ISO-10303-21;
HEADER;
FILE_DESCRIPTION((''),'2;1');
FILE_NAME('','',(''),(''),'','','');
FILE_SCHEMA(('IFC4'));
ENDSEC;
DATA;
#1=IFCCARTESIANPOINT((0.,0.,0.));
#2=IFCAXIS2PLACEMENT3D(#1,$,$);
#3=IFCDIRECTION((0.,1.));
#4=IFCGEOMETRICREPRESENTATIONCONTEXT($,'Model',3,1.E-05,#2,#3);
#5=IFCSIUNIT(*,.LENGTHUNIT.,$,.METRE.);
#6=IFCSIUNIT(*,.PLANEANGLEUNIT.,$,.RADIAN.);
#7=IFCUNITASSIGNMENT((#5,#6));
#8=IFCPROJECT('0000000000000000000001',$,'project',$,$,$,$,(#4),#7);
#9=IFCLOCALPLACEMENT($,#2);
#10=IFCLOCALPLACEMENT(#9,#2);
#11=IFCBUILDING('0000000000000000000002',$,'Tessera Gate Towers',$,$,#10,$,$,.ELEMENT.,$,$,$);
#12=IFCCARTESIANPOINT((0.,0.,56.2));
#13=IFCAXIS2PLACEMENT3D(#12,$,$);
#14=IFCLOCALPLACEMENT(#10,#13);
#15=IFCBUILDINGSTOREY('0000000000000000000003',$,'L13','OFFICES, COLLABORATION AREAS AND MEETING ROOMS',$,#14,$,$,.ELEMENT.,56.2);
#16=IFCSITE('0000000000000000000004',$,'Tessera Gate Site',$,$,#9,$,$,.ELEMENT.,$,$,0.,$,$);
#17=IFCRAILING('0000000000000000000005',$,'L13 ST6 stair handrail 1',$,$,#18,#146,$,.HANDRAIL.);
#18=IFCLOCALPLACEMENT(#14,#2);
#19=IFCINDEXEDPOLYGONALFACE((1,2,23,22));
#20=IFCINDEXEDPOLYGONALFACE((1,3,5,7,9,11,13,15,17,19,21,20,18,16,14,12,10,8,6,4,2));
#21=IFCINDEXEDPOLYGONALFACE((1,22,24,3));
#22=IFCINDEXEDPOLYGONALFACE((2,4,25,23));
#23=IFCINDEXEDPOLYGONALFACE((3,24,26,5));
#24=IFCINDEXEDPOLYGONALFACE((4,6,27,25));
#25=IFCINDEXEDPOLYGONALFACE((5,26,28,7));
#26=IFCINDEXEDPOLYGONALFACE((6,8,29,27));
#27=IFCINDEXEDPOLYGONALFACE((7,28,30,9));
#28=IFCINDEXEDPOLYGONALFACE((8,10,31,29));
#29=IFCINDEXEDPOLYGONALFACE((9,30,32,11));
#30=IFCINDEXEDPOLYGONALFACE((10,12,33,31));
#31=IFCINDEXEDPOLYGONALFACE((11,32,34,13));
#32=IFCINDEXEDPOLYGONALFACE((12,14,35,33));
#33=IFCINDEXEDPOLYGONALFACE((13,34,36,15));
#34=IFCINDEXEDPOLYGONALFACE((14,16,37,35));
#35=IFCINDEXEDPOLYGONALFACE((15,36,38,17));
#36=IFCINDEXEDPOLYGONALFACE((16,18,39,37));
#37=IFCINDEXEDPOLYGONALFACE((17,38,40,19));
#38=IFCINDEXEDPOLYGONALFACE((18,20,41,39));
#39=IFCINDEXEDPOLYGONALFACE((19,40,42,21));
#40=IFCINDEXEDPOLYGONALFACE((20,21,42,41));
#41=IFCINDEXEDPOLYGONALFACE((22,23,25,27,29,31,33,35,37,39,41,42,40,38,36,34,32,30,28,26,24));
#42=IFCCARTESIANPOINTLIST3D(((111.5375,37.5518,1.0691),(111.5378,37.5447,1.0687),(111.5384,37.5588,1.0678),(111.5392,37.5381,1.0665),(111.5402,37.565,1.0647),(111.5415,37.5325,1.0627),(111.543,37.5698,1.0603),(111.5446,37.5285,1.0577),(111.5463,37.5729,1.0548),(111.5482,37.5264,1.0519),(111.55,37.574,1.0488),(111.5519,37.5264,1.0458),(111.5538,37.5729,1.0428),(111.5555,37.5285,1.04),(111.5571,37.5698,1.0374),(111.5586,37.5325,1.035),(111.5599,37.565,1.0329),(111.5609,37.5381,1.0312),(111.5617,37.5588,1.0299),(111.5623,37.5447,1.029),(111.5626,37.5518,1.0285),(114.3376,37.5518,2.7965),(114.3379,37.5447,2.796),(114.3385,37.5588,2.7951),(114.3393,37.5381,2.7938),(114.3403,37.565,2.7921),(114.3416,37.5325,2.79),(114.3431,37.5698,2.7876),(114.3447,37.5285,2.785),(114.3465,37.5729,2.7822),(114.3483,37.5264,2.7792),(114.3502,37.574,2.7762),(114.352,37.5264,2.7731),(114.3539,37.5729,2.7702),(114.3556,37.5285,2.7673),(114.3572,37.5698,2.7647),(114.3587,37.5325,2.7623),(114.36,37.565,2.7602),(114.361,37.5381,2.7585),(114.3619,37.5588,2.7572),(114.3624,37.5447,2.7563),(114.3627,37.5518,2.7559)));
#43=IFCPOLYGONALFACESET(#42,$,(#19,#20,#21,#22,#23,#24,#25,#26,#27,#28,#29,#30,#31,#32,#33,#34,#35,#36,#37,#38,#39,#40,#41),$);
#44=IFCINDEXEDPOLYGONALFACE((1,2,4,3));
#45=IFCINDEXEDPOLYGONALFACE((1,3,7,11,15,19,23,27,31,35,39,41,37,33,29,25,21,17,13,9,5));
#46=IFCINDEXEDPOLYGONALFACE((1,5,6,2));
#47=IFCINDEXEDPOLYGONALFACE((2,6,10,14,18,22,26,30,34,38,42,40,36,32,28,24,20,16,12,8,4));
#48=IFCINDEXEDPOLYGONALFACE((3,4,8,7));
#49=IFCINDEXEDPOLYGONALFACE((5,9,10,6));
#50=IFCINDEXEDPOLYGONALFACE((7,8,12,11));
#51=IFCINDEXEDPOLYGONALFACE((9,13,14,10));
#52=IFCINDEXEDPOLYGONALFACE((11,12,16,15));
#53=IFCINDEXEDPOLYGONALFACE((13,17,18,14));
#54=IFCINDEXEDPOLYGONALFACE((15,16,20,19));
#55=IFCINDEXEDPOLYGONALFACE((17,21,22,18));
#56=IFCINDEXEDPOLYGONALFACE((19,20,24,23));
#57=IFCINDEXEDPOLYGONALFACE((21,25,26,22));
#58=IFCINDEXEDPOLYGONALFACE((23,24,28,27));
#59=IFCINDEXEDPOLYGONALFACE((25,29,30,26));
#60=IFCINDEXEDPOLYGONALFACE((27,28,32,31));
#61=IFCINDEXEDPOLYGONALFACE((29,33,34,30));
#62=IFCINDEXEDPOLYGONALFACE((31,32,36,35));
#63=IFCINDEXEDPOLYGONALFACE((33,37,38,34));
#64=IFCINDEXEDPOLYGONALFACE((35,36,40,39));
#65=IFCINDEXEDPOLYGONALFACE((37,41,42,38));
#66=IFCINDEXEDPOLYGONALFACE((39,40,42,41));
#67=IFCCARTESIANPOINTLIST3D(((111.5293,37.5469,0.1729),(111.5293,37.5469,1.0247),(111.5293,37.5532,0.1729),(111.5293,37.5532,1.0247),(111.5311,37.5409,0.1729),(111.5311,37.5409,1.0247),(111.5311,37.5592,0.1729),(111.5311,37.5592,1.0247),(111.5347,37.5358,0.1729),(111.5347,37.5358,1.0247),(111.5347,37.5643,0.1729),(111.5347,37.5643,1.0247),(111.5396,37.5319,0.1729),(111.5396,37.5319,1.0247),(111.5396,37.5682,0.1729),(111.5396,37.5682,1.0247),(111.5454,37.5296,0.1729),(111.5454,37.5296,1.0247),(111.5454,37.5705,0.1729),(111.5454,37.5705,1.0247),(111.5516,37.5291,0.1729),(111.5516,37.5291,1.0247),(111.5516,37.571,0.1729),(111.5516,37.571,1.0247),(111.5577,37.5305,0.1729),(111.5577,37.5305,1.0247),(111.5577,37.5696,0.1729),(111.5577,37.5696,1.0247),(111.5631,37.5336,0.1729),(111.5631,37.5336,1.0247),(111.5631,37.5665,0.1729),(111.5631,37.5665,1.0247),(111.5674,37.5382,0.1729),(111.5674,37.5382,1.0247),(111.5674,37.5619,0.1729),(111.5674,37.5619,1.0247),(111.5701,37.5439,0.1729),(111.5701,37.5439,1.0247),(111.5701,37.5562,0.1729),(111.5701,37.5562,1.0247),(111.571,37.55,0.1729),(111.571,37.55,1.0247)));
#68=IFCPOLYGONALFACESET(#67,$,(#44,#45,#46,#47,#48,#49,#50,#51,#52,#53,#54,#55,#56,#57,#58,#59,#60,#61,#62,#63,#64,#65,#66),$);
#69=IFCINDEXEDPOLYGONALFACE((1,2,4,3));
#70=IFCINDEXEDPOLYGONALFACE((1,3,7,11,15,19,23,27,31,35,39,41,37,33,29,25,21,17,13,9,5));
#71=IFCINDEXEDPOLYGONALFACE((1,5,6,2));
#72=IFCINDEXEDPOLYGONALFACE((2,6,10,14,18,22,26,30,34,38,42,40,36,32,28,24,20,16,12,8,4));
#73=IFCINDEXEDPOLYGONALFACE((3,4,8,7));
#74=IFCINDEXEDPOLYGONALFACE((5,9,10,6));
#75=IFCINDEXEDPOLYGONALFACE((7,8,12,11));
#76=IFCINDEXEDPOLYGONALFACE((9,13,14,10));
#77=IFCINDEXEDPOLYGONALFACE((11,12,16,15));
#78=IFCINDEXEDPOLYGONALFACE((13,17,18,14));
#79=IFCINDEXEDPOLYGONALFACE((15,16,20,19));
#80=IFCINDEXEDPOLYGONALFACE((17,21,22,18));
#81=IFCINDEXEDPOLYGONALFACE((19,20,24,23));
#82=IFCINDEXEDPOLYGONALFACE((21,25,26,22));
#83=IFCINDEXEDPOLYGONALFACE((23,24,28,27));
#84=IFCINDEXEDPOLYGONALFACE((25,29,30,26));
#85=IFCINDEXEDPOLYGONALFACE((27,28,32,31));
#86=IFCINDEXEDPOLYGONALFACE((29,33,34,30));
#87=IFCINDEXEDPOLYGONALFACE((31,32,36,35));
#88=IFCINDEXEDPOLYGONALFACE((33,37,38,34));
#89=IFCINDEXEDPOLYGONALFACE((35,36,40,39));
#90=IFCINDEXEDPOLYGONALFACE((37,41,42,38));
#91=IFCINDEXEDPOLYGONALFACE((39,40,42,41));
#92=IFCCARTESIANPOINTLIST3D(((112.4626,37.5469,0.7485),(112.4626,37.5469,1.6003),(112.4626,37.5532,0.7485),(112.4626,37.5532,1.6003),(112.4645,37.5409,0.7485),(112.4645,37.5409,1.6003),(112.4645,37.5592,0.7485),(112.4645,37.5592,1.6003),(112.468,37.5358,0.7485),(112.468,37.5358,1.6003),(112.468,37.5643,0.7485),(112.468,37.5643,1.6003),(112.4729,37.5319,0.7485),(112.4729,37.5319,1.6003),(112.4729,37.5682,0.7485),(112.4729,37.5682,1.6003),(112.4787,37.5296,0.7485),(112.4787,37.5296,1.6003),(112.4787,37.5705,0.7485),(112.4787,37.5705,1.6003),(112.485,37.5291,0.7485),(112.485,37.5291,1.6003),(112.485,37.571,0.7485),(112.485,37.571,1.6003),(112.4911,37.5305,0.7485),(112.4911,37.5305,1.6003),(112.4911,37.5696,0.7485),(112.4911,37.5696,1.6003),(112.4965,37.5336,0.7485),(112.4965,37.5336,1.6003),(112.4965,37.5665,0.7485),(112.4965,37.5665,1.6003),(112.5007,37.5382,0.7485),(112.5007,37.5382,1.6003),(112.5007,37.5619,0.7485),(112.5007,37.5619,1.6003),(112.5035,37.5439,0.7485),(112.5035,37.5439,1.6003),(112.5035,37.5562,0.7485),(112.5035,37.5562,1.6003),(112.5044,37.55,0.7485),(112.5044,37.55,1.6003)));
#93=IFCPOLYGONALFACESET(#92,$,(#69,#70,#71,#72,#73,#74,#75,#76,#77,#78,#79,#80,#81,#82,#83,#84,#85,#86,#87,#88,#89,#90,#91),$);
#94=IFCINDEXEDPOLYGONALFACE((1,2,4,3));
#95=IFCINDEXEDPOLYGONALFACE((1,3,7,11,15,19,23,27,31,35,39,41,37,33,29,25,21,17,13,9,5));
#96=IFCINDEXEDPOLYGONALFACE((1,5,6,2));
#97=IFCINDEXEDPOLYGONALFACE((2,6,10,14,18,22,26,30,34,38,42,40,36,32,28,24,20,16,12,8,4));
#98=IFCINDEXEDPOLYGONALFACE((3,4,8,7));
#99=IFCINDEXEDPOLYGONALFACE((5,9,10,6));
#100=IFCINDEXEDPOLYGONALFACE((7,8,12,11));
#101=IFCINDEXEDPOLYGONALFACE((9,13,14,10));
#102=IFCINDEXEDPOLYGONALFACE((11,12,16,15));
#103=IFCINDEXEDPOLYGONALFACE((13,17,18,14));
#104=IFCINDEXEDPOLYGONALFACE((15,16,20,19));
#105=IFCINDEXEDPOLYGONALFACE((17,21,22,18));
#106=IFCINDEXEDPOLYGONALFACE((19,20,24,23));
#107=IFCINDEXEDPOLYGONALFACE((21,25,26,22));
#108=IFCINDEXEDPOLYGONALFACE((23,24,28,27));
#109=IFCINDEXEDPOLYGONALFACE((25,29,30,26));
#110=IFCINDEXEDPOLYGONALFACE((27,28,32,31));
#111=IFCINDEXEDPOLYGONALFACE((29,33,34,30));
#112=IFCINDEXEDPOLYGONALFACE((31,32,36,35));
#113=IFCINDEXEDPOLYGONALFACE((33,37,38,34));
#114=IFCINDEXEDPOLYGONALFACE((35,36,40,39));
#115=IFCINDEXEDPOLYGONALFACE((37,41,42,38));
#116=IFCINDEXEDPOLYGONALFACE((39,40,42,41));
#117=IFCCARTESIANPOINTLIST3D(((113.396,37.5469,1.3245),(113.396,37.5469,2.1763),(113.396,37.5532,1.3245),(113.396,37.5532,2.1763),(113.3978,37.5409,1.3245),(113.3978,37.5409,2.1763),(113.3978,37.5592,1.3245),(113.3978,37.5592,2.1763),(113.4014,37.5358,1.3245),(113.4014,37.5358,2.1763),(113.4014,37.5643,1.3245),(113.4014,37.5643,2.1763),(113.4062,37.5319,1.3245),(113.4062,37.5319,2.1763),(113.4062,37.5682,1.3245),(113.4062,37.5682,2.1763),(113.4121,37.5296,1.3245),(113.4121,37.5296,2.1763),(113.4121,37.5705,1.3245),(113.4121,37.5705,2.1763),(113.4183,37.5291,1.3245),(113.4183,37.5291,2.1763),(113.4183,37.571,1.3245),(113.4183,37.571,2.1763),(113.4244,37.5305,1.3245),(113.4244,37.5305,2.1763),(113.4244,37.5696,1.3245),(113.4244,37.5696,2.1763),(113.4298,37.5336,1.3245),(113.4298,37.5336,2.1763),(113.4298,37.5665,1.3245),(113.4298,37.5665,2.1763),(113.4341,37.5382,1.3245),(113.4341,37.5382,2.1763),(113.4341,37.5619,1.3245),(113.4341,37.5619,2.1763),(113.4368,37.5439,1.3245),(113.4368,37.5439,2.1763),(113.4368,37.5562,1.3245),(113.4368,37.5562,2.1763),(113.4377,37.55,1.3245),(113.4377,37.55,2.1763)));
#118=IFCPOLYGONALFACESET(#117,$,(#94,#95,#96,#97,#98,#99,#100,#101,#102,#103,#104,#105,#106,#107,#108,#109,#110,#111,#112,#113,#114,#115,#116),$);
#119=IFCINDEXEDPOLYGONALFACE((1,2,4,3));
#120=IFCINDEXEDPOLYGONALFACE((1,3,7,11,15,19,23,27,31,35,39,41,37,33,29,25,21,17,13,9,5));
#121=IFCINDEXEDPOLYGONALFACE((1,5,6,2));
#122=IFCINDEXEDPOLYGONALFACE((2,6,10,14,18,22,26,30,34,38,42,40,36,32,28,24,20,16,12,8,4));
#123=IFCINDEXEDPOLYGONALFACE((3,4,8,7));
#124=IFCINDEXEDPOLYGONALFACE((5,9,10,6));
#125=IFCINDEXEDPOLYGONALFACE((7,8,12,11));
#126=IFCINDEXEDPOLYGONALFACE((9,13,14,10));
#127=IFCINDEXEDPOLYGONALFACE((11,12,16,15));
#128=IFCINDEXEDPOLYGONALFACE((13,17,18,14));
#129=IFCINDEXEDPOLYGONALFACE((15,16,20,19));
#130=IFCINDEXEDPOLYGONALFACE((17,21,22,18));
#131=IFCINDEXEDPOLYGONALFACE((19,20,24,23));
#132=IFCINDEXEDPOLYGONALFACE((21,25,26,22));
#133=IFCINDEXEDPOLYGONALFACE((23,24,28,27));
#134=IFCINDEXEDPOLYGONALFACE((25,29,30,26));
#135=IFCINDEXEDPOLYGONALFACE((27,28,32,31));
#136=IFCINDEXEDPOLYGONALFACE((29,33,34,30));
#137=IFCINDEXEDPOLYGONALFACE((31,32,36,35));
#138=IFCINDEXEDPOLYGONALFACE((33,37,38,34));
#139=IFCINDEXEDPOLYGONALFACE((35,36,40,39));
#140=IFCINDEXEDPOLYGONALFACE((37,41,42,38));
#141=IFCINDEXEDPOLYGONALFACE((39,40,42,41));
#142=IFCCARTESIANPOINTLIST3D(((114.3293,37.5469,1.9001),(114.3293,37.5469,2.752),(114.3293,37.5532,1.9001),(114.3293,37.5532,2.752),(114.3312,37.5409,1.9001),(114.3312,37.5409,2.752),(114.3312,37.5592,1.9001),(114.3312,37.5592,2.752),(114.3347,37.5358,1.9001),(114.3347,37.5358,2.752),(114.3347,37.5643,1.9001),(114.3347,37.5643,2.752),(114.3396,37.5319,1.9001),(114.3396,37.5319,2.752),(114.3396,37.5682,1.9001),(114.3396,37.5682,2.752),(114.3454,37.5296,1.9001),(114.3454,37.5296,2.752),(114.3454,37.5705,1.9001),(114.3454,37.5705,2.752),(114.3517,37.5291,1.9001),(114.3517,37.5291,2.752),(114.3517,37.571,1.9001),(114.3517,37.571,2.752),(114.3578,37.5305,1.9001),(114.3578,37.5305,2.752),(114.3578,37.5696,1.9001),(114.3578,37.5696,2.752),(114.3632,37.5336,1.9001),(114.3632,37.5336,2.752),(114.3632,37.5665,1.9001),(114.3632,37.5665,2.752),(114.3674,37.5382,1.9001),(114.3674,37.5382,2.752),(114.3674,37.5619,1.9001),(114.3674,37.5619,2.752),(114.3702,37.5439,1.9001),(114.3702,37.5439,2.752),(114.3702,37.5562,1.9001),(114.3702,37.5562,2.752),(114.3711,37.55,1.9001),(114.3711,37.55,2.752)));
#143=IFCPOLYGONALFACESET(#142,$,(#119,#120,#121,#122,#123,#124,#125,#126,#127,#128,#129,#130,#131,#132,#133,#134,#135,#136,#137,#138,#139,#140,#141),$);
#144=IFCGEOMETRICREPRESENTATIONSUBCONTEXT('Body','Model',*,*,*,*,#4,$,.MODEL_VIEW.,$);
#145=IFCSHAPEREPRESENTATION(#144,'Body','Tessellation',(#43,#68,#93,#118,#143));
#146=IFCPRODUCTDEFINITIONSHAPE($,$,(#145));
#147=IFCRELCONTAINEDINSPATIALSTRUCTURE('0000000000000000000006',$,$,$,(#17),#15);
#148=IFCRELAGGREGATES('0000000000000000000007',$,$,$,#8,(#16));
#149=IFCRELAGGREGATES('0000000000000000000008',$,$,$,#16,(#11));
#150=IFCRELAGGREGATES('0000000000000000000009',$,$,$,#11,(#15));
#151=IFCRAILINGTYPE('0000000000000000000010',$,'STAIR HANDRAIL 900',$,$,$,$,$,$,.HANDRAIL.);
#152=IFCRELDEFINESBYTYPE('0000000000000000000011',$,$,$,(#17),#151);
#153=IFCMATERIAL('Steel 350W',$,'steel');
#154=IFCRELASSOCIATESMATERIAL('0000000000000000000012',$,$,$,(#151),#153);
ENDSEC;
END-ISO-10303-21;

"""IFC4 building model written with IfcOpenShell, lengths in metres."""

from ifc_helpers import new_model, si_unit, direction, frame, origin, origin_2d, place, context, subcontext, project, spatial, circle, extrude, material, type_object, element, save


model = new_model("IFC4")

# Units and contexts
model_context = context("Model", 3, precision=1e-05, world=origin(), true_north=direction((0.0, 1.0)))
body_context = subcontext(model_context, "Body", "Model", "MODEL_VIEW")
ifc_project = project(units=[si_unit("LENGTHUNIT", "METRE"), si_unit("PLANEANGLEUNIT", "RADIAN")], contexts=[model_context])

# Site, building, storey
site_placement = place(None, origin())
site = spatial("IfcSite", under=ifc_project, at=site_placement, Name="Tessera Gate Site", CompositionType="ELEMENT", RefElevation=0.0)
building_placement = place(site_placement, origin())
building = spatial("IfcBuilding", under=site, at=building_placement, Name="Tessera Gate Towers", CompositionType="ELEMENT")
storey_placement = place(building_placement, frame((0.0, 0.0, 56.2)))
storey = spatial("IfcBuildingStorey", under=building, at=storey_placement, Name="L13", Description="OFFICES, COLLABORATION AREAS AND MEETING ROOMS", CompositionType="ELEMENT", Elevation=56.2)

# Railing
ifc_material_1 = material(Name="Steel 350W", Category="steel")
railing_type_1 = type_object("IfcRailingType", Name="STAIR HANDRAIL 900", PredefinedType="HANDRAIL", material=ifc_material_1)
railing_1_placement = place(storey_placement, frame((111.55, 37.55, 0.1729)))
element("IfcRailing", 1, at=railing_1_placement, inside=storey, type_object=railing_type_1, Name="L13 ST6 stair handrail 1", PredefinedType="HANDRAIL", context=body_context, shape_type="SweptSolid", body=[
    extrude(circle(Radius=0.0239, at=origin_2d()), frame((0.0, 0.0, 0.876), z_axis=(0.85109, 0.0, 0.52502), x_axis=(0.0, 1.0, 0.0)), (0.0, 0.0, 1.0), 3.29),
    extrude(circle(Radius=0.021, at=origin_2d()), origin(), (0.0, 0.0, 1.0), 0.8518),
    extrude(circle(Radius=0.021, at=origin_2d()), frame((0.9333, 0.0, 0.5757)), (0.0, 0.0, 1.0), 0.8518),
    extrude(circle(Radius=0.021, at=origin_2d()), frame((1.8667, 0.0, 1.1516)), (0.0, 0.0, 1.0), 0.8518),
    extrude(circle(Radius=0.021, at=origin_2d()), frame((2.8, 0.0, 1.7273)), (0.0, 0.0, 1.0), 0.8518),
])

save(model, "model.ifc")
